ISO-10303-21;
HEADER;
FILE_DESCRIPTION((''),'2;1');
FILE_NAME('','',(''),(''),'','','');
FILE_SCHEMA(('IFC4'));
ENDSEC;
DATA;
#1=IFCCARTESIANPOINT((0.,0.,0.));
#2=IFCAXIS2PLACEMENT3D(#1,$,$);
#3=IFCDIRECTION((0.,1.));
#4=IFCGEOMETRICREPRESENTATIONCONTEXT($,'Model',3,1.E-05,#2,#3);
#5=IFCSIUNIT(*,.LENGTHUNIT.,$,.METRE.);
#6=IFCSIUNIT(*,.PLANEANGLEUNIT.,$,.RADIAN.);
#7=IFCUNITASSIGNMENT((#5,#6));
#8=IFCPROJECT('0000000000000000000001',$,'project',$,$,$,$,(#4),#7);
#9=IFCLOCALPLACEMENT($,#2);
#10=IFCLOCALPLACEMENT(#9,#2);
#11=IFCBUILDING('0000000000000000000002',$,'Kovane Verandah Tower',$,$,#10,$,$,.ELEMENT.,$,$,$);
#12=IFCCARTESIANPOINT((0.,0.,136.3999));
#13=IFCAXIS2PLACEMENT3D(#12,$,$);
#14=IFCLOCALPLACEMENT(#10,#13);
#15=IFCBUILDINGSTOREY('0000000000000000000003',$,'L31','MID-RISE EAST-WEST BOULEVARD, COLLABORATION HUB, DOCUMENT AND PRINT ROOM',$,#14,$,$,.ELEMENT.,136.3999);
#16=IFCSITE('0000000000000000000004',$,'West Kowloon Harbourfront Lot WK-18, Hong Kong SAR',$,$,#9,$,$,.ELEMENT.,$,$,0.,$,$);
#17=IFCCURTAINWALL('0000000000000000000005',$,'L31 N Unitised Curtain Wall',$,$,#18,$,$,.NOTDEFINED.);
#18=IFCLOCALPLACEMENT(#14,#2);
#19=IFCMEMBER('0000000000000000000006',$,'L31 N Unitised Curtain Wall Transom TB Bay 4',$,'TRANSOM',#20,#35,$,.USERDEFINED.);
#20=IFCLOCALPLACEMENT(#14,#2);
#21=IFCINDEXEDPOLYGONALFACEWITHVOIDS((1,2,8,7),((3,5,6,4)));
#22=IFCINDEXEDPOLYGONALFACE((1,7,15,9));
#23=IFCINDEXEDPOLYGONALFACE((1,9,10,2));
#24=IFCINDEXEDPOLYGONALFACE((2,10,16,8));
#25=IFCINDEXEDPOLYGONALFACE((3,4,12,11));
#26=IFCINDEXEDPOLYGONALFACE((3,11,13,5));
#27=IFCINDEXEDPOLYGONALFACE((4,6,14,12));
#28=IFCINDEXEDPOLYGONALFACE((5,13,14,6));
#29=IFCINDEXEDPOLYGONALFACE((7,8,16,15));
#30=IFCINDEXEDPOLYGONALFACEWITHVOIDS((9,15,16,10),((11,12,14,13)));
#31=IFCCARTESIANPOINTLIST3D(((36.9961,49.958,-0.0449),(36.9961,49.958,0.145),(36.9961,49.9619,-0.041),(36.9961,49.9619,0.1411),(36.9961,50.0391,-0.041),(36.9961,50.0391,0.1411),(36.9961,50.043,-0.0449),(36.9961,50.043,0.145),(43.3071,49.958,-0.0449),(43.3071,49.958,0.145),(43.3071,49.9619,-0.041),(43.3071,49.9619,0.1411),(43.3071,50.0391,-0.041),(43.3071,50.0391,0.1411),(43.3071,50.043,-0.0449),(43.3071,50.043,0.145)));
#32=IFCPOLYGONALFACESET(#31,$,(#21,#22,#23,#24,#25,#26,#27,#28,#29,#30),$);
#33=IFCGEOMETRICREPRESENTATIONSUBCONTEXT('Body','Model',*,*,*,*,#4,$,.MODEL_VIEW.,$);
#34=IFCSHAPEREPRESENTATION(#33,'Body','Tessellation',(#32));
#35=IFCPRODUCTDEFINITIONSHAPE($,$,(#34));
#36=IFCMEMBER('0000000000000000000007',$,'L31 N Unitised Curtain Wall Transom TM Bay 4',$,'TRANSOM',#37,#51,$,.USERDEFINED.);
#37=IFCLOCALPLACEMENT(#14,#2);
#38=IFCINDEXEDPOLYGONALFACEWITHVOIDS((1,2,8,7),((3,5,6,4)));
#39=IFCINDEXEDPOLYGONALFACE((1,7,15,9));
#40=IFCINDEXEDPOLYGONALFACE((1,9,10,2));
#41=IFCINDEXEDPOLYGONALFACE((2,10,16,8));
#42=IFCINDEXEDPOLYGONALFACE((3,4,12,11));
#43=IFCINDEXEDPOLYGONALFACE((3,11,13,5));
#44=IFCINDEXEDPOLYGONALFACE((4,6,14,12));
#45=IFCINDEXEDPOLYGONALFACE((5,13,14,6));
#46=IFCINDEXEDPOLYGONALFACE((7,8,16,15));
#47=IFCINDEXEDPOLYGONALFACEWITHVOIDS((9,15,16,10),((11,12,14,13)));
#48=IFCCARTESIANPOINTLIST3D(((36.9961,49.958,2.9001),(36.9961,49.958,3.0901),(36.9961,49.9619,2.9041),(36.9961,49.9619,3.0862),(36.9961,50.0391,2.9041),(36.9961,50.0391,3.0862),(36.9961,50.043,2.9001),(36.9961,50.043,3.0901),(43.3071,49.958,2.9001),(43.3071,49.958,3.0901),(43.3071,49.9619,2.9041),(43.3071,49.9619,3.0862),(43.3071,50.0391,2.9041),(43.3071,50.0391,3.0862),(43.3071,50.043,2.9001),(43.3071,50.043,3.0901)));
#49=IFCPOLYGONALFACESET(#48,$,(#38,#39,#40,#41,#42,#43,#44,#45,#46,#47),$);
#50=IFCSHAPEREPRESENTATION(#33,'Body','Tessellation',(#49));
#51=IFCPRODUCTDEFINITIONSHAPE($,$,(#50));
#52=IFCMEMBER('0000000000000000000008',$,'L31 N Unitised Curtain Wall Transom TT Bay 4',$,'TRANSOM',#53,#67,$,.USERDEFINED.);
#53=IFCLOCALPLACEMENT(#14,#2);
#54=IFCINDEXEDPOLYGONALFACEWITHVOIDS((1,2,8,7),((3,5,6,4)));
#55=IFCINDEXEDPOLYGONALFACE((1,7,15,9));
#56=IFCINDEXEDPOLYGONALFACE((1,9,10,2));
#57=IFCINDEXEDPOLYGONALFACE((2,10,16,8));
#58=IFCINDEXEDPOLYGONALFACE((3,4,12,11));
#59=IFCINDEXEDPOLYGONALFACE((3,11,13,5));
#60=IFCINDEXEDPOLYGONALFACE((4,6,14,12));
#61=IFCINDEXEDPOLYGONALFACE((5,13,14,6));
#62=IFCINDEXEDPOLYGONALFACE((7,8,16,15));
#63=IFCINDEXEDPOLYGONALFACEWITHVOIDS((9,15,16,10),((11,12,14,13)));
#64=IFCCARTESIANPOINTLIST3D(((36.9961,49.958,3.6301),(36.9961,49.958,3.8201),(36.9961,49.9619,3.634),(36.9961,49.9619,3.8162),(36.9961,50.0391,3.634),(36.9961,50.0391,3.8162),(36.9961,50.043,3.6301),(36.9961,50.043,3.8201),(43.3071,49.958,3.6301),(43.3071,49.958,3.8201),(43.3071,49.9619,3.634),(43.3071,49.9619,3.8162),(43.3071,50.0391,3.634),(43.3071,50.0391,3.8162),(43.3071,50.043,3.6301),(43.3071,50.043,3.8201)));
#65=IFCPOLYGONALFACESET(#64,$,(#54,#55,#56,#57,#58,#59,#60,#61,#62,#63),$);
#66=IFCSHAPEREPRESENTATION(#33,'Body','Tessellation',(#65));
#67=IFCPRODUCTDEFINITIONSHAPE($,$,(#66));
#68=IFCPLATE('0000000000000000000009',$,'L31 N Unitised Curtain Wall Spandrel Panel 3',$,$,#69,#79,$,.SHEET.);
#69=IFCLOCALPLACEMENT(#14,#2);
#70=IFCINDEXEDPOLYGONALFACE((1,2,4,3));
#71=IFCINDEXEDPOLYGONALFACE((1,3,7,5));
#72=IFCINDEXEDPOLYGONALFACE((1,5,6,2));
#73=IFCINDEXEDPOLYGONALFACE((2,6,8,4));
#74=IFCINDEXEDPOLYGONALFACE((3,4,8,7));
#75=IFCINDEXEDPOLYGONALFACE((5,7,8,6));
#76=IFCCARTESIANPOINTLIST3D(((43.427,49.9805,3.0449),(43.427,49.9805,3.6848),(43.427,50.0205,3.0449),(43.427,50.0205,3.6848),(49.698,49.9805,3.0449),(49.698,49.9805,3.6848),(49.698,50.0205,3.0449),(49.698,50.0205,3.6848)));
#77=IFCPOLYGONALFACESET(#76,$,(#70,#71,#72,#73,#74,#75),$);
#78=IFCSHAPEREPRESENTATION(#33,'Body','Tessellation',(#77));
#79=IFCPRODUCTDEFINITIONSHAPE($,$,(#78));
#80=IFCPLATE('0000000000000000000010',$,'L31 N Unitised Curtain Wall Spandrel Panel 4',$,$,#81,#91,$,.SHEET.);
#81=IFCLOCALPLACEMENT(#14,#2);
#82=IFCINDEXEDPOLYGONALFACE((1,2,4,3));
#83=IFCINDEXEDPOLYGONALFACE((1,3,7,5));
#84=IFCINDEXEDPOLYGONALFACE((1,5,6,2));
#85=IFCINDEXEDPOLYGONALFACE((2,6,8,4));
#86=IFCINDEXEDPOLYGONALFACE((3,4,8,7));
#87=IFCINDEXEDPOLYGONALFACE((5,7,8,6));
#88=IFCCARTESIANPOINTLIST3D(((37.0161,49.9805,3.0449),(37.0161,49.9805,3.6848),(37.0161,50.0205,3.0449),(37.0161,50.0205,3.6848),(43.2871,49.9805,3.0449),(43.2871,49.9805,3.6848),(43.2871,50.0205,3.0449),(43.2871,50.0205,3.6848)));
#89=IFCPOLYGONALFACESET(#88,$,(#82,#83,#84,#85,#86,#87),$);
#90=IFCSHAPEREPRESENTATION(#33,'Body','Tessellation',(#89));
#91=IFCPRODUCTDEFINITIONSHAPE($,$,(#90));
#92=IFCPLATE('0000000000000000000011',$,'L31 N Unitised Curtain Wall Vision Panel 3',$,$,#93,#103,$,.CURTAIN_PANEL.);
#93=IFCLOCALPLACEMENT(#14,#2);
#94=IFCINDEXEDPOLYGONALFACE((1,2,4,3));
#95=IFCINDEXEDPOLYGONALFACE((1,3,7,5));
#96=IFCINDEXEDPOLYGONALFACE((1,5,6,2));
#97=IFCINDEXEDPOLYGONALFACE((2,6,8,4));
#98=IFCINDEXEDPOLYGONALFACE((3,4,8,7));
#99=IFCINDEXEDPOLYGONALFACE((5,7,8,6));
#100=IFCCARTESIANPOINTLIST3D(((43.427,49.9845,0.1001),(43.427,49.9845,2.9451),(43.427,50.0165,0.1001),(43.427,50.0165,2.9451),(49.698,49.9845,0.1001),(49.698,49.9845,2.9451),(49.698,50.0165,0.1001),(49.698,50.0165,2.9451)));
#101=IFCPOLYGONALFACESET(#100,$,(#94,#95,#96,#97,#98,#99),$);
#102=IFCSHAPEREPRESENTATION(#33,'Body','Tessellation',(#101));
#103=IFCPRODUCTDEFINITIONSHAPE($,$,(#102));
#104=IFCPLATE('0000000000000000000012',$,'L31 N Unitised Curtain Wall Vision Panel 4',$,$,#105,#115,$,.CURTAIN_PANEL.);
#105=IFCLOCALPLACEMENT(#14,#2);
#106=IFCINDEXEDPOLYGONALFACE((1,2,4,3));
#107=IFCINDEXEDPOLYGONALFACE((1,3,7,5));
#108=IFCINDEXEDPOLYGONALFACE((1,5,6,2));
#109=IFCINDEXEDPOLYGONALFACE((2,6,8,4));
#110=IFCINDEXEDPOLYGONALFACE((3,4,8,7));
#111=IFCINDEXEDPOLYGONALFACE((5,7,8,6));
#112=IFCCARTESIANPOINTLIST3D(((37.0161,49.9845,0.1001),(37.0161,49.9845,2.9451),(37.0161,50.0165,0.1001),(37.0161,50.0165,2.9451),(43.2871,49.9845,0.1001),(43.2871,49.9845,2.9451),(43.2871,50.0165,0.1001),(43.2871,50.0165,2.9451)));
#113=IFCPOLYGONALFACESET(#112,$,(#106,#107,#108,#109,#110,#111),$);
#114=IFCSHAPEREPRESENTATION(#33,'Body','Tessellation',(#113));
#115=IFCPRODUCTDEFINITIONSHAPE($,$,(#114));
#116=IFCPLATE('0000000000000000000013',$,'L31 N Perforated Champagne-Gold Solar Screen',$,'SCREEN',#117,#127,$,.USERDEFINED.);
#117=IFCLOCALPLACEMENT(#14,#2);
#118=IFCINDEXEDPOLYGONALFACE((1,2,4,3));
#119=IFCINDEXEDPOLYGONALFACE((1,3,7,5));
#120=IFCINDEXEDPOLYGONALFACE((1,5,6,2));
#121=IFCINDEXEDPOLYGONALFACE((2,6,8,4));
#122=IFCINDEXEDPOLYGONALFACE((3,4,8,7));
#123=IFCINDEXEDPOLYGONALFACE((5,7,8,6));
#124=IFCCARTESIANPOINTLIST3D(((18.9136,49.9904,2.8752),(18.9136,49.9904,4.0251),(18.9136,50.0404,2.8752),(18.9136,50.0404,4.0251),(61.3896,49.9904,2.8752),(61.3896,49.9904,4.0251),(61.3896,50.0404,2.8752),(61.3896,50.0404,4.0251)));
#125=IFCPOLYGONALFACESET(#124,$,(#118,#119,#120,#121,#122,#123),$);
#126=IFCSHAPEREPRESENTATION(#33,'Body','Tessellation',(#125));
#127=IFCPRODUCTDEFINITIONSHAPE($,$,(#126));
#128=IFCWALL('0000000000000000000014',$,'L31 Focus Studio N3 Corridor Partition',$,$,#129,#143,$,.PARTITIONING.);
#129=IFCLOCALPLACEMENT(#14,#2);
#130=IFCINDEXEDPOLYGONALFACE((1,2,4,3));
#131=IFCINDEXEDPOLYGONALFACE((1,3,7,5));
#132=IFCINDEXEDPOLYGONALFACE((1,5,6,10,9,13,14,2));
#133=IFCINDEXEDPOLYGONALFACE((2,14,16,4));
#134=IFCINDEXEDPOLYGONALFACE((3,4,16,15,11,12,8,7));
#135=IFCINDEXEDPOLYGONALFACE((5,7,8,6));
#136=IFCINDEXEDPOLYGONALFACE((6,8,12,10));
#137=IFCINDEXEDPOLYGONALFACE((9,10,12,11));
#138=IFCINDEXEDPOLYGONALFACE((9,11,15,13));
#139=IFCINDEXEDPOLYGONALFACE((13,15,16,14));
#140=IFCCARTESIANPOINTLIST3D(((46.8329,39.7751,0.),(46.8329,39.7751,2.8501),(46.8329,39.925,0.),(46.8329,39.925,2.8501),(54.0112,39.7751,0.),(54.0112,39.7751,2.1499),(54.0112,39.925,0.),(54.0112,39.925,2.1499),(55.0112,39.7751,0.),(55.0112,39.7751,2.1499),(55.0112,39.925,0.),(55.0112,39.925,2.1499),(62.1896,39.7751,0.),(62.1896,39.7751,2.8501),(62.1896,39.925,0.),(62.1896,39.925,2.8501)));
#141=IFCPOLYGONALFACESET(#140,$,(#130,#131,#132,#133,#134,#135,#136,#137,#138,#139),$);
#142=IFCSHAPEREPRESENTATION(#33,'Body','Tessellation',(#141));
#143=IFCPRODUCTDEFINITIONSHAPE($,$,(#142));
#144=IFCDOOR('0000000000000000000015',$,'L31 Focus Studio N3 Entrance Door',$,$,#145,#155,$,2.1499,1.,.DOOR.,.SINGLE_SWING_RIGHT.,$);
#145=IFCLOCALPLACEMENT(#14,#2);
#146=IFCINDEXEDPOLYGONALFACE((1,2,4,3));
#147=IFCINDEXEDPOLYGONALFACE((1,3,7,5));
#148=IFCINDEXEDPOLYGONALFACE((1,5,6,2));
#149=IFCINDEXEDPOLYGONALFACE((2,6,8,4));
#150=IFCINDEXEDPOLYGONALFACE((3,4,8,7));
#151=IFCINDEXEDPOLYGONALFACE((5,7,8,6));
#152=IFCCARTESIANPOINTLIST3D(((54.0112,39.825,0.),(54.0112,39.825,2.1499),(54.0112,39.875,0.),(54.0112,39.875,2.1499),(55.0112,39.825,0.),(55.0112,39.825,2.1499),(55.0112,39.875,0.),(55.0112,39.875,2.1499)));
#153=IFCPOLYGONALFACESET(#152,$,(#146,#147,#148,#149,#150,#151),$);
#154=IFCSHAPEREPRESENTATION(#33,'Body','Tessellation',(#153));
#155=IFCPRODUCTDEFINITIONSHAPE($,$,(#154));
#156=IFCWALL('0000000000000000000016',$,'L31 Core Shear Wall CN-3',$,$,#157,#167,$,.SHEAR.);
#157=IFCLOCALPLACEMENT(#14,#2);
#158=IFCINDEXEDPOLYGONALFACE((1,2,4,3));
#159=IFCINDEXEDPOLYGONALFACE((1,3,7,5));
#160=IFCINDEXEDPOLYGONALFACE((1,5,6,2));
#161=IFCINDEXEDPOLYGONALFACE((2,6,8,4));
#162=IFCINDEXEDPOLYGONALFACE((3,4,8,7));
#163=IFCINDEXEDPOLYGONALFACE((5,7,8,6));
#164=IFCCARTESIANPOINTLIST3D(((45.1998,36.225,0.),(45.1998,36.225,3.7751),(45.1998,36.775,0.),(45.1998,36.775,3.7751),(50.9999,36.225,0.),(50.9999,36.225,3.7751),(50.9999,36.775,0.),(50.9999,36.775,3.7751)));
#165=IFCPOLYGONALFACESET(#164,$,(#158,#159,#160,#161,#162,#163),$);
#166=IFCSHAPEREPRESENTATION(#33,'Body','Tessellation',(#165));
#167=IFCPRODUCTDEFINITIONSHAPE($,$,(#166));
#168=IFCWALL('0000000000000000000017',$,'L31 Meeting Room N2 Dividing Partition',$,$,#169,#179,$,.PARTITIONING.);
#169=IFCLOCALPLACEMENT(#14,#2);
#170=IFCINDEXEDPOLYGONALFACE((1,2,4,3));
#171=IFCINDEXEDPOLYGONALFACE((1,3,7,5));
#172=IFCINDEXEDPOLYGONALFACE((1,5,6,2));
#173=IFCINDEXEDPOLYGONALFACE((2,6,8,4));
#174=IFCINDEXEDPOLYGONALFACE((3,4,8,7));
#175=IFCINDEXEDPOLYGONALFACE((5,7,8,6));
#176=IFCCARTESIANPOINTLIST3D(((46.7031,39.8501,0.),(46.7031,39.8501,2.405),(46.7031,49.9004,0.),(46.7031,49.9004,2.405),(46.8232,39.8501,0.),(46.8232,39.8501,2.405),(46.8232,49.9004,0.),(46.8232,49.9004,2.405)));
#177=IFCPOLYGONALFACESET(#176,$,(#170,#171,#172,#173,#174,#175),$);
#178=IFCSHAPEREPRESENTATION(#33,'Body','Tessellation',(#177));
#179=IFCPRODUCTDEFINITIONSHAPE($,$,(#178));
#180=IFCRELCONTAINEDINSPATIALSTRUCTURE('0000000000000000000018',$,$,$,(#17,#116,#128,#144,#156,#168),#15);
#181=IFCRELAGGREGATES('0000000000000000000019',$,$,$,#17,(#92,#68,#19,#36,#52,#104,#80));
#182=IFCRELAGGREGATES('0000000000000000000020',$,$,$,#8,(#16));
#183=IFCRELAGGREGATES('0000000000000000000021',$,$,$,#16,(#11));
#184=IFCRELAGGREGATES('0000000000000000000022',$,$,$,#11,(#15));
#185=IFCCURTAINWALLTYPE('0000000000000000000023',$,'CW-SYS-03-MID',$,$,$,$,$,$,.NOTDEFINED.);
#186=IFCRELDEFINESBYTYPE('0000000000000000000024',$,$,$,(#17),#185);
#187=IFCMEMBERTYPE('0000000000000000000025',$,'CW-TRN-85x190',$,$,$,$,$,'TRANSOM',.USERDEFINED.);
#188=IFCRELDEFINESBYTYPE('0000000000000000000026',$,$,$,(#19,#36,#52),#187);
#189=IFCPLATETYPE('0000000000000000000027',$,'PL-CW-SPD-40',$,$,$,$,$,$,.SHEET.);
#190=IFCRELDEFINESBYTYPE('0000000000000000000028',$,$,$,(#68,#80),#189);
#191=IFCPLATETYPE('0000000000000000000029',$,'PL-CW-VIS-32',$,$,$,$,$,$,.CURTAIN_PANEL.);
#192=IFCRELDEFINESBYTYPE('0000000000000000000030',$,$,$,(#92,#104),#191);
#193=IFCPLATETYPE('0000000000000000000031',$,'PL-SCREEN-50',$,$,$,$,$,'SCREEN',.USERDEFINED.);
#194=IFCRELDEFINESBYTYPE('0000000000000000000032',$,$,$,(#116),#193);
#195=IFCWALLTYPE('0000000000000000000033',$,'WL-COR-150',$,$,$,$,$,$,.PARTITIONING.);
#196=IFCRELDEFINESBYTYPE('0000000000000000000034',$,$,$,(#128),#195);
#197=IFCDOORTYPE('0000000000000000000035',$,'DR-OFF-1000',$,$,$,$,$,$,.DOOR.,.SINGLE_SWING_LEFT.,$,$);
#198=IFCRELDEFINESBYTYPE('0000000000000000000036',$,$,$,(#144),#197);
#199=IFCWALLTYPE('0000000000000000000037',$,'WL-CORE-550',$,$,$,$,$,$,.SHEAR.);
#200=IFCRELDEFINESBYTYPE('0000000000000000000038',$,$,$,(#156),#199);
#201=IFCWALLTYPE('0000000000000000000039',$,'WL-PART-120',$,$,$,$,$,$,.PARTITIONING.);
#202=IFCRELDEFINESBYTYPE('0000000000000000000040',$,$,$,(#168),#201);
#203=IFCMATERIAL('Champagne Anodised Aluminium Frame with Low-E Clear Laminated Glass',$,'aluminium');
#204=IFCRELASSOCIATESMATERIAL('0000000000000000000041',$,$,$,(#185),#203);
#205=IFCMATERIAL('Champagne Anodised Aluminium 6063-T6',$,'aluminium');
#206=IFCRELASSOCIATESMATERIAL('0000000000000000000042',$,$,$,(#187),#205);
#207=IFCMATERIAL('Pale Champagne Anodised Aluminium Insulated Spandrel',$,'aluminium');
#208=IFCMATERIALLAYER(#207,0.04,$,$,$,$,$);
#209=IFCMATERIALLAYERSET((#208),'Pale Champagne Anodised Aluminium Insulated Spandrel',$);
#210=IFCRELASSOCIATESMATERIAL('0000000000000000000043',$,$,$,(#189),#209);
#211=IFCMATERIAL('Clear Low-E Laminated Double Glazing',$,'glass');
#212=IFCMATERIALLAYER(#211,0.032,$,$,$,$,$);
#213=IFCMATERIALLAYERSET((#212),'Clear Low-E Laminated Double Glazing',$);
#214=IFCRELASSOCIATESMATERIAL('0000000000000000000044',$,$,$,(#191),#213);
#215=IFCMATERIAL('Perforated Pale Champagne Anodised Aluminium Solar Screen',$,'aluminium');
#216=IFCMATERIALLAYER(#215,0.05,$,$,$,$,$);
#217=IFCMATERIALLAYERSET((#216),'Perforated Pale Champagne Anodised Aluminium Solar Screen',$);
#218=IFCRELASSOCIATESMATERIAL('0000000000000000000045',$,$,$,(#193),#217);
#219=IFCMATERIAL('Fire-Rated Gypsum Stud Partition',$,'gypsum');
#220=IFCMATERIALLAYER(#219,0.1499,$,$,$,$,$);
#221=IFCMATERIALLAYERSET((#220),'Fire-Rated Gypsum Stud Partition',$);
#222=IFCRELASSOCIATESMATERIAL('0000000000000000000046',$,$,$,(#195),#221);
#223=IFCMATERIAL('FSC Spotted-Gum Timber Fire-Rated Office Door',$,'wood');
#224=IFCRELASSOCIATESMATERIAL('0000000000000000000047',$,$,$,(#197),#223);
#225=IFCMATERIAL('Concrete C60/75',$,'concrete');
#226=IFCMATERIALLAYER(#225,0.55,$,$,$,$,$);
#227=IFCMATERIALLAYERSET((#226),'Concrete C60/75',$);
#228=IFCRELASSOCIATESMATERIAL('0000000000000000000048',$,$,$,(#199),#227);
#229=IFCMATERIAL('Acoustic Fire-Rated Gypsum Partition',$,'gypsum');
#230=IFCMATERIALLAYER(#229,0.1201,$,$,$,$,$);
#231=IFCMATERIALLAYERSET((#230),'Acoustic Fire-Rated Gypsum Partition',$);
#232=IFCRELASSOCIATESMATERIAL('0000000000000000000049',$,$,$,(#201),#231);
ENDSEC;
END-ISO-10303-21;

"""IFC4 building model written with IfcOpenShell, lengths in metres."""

from ifc_helpers import new_model, si_unit, direction, frame, frame_2d, origin, origin_2d, place, context, subcontext, project, spatial, rectangle, hollow_rectangle, extrude, material, layer, layer_set, material_profile, profile_set, type_object, element, fill, aggregate, save


model = new_model("IFC4")

# Units and contexts
model_context = context("Model", 3, precision=1e-05, world=origin(), true_north=direction((0.0, 1.0)))
body_context = subcontext(model_context, "Body", "Model", "MODEL_VIEW")
ifc_project = project(units=[si_unit("LENGTHUNIT", "METRE"), si_unit("PLANEANGLEUNIT", "RADIAN")], contexts=[model_context])

# Site, building, storey
site_placement = place(None, origin())
site = spatial("IfcSite", under=ifc_project, at=site_placement, Name="West Kowloon Harbourfront Lot WK-18, Hong Kong SAR", CompositionType="ELEMENT", RefElevation=0.0)
building_placement = place(site_placement, origin())
building = spatial("IfcBuilding", under=site, at=building_placement, Name="Kovane Verandah Tower", CompositionType="ELEMENT")
storey_placement = place(building_placement, frame((0.0, 0.0, 136.3999)))
storey = spatial("IfcBuildingStorey", under=building, at=storey_placement, Name="L31", Description="MID-RISE EAST-WEST BOULEVARD, COLLABORATION HUB, DOCUMENT AND PRINT ROOM", CompositionType="ELEMENT", Elevation=136.3999)

# Shared definitions
ifc_material_1 = material(Name="Concrete C60/75", Category="concrete")

# Curtain wall, members, plates
ifc_material_2 = material(Name="Champagne Anodised Aluminium Frame with Low-E Clear Laminated Glass", Category="aluminium")
curtain_wall_type = type_object("IfcCurtainWallType", Name="CW-SYS-03-MID", PredefinedType="NOTDEFINED", material=ifc_material_2)
curtain_wall_placement = place(storey_placement, origin())
curtain_wall = element("IfcCurtainWall", 1, at=curtain_wall_placement, inside=storey, type_object=curtain_wall_type, Name="L31 N Unitised Curtain Wall", PredefinedType="NOTDEFINED")
ifc_material_3 = material(Name="Champagne Anodised Aluminium 6063-T6", Category="aluminium")
ifc_material_profile_1 = material_profile(ifc_material_3, hollow_rectangle(XDim=0.085, YDim=0.1899, WallThickness=0.0039, at=origin_2d()), Name="AL85x190x4")
ifc_profile_set_1 = profile_set([ifc_material_profile_1], Name="Champagne Anodised Aluminium 6063-T6")
member_type_1 = type_object("IfcMemberType", Name="CW-TRN-85x190", ElementType="TRANSOM", PredefinedType="USERDEFINED", material=ifc_profile_set_1)
member_1_placement = place(storey_placement, frame((43.3071, 50.0005, 0.05), z_axis=(-1.0, 0.0, 0.0), x_axis=(0.0, -1.0, 0.0)))
member_1 = element("IfcMember", 2, at=member_1_placement, type_object=member_type_1, Name="L31 N Unitised Curtain Wall Transom TB Bay 4", ObjectType="TRANSOM", PredefinedType="USERDEFINED", context=body_context, shape_type="SweptSolid", body=[
    extrude(hollow_rectangle(XDim=0.085, YDim=0.1899, WallThickness=0.0039, at=origin_2d()), origin(), (0.0, 0.0, 1.0), 6.311),
])
member_2_placement = place(storey_placement, frame((43.3071, 50.0005, 2.9951), z_axis=(-1.0, 0.0, 0.0), x_axis=(0.0, -1.0, 0.0)))
member_2 = element("IfcMember", 3, at=member_2_placement, type_object=member_type_1, Name="L31 N Unitised Curtain Wall Transom TM Bay 4", ObjectType="TRANSOM", PredefinedType="USERDEFINED", context=body_context, shape_type="SweptSolid", body=[
    extrude(hollow_rectangle(XDim=0.085, YDim=0.1899, WallThickness=0.0039, at=origin_2d()), origin(), (0.0, 0.0, 1.0), 6.311),
])
member_3_placement = place(storey_placement, frame((43.3071, 50.0005, 3.7251), z_axis=(-1.0, 0.0, 0.0), x_axis=(0.0, -1.0, 0.0)))
member_3 = element("IfcMember", 4, at=member_3_placement, type_object=member_type_1, Name="L31 N Unitised Curtain Wall Transom TT Bay 4", ObjectType="TRANSOM", PredefinedType="USERDEFINED", context=body_context, shape_type="SweptSolid", body=[
    extrude(hollow_rectangle(XDim=0.085, YDim=0.1899, WallThickness=0.0039, at=origin_2d()), origin(), (0.0, 0.0, 1.0), 6.311),
])
ifc_material_4 = material(Name="Pale Champagne Anodised Aluminium Insulated Spandrel", Category="aluminium")
ifc_layer_1 = layer(ifc_material_4, 0.04)
ifc_layer_set_1 = layer_set([ifc_layer_1], Name="Pale Champagne Anodised Aluminium Insulated Spandrel")
plate_type_1 = type_object("IfcPlateType", Name="PL-CW-SPD-40", PredefinedType="SHEET", material=ifc_layer_set_1)
plate_1_placement = place(storey_placement, frame((46.5625, 50.0005, 3.0449), z_axis=(0.0, 0.0, 1.0), x_axis=(-1.0, 0.0, 0.0)))
plate_1 = element("IfcPlate", 5, at=plate_1_placement, type_object=plate_type_1, Name="L31 N Unitised Curtain Wall Spandrel Panel 3", PredefinedType="SHEET", context=body_context, shape_type="SweptSolid", body=[
    extrude(rectangle(XDim=6.271, YDim=0.04, at=origin_2d()), origin(), (0.0, 0.0, 1.0), 0.6399),
])
plate_2_placement = place(storey_placement, frame((40.1516, 50.0005, 3.0449), z_axis=(0.0, 0.0, 1.0), x_axis=(-1.0, 0.0, 0.0)))
plate_2 = element("IfcPlate", 6, at=plate_2_placement, type_object=plate_type_1, Name="L31 N Unitised Curtain Wall Spandrel Panel 4", PredefinedType="SHEET", context=body_context, shape_type="SweptSolid", body=[
    extrude(rectangle(XDim=6.271, YDim=0.04, at=origin_2d()), origin(), (0.0, 0.0, 1.0), 0.6399),
])
ifc_material_5 = material(Name="Clear Low-E Laminated Double Glazing", Category="glass")
ifc_layer_2 = layer(ifc_material_5, 0.032)
ifc_layer_set_2 = layer_set([ifc_layer_2], Name="Clear Low-E Laminated Double Glazing")
plate_type_2 = type_object("IfcPlateType", Name="PL-CW-VIS-32", PredefinedType="CURTAIN_PANEL", material=ifc_layer_set_2)
plate_3_placement = place(storey_placement, frame((46.5625, 50.0005, 0.1001), z_axis=(0.0, 0.0, 1.0), x_axis=(-1.0, 0.0, 0.0)))
plate_3 = element("IfcPlate", 7, at=plate_3_placement, type_object=plate_type_2, Name="L31 N Unitised Curtain Wall Vision Panel 3", PredefinedType="CURTAIN_PANEL", context=body_context, shape_type="SweptSolid", body=[
    extrude(rectangle(XDim=6.271, YDim=0.032, at=origin_2d()), origin(), (0.0, 0.0, 1.0), 2.845),
])
plate_4_placement = place(storey_placement, frame((40.1516, 50.0005, 0.1001), z_axis=(0.0, 0.0, 1.0), x_axis=(-1.0, 0.0, 0.0)))
plate_4 = element("IfcPlate", 8, at=plate_4_placement, type_object=plate_type_2, Name="L31 N Unitised Curtain Wall Vision Panel 4", PredefinedType="CURTAIN_PANEL", context=body_context, shape_type="SweptSolid", body=[
    extrude(rectangle(XDim=6.271, YDim=0.032, at=origin_2d()), origin(), (0.0, 0.0, 1.0), 2.845),
])
aggregate(curtain_wall, [plate_3, plate_1, member_1, member_2, member_3, plate_4, plate_2])

# Plate
ifc_material_6 = material(Name="Perforated Pale Champagne Anodised Aluminium Solar Screen", Category="aluminium")
ifc_layer_3 = layer(ifc_material_6, 0.05)
ifc_layer_set_3 = layer_set([ifc_layer_3], Name="Perforated Pale Champagne Anodised Aluminium Solar Screen")
plate_type_3 = type_object("IfcPlateType", Name="PL-SCREEN-50", ElementType="SCREEN", PredefinedType="USERDEFINED", material=ifc_layer_set_3)
plate_5_placement = place(storey_placement, frame((40.1516, 50.0154, 2.8752), z_axis=(0.0, 0.0, 1.0), x_axis=(-1.0, 0.0, 0.0)))
element("IfcPlate", 9, at=plate_5_placement, inside=storey, type_object=plate_type_3, Name="L31 N Perforated Champagne-Gold Solar Screen", ObjectType="SCREEN", PredefinedType="USERDEFINED", context=body_context, shape_type="SweptSolid", body=[
    extrude(rectangle(XDim=42.4761, YDim=0.05, at=origin_2d()), origin(), (0.0, 0.0, 1.0), 1.1499),
])

# Wall, opening, door
ifc_material_7 = material(Name="Fire-Rated Gypsum Stud Partition", Category="gypsum")
ifc_layer_4 = layer(ifc_material_7, 0.1499)
ifc_layer_set_4 = layer_set([ifc_layer_4], Name="Fire-Rated Gypsum Stud Partition")
wall_type_1 = type_object("IfcWallType", Name="WL-COR-150", PredefinedType="PARTITIONING", material=ifc_layer_set_4)
wall_1_placement = place(storey_placement, frame((46.833, 39.8501, 0.0), z_axis=(0.0, 0.0, 1.0), x_axis=(1.0, 0.0, 0.0)))
wall_1 = element("IfcWall", 10, at=wall_1_placement, inside=storey, type_object=wall_type_1, Name="L31 Focus Studio N3 Corridor Partition", PredefinedType="PARTITIONING", context=body_context, shape_type="SweptSolid", body=[
    extrude(rectangle(XDim=15.3567, YDim=0.1499, at=frame_2d((7.6782, 0.0))), origin(), (0.0, 0.0, 1.0), 2.8501),
])
opening_placement = place(wall_1_placement, frame((7.1782, 0.0, 0.0)))
opening = element("IfcOpeningElement", 11, at=opening_placement, cuts=wall_1, PredefinedType="OPENING", context=body_context, shape_type="SweptSolid", body=[
    extrude(rectangle(XDim=1.0, YDim=2.1499, at=frame_2d((0.5, 1.075))), frame((0.0, 0.075, 0.0), z_axis=(0.0, -1.0, 0.0), x_axis=(1.0, 0.0, 0.0)), (0.0, 0.0, 1.0), 0.1499),
])
ifc_material_8 = material(Name="FSC Spotted-Gum Timber Fire-Rated Office Door", Category="wood")
door_type = type_object("IfcDoorType", Name="DR-OFF-1000", OperationType="SINGLE_SWING_LEFT", PredefinedType="DOOR", material=ifc_material_8)
door_placement = place(opening_placement, origin())
door = element("IfcDoor", 12, at=door_placement, inside=storey, type_object=door_type, Name="L31 Focus Studio N3 Entrance Door", OperationType="SINGLE_SWING_RIGHT", OverallHeight=2.1499, OverallWidth=1.0, PredefinedType="DOOR", context=body_context, shape_type="SweptSolid", body=[
    extrude(rectangle(XDim=1.0, YDim=2.1499, at=frame_2d((0.5, 1.075))), frame((0.0, 0.0249, 0.0), z_axis=(0.0, -1.0, 0.0), x_axis=(1.0, 0.0, 0.0)), (0.0, 0.0, 1.0), 0.05),
])
fill(opening, door)

# Walls
ifc_layer_5 = layer(ifc_material_1, 0.55)
ifc_layer_set_5 = layer_set([ifc_layer_5], Name="Concrete C60/75")
wall_type_2 = type_object("IfcWallType", Name="WL-CORE-550", PredefinedType="SHEAR", material=ifc_layer_set_5)
wall_2_placement = place(storey_placement, frame((45.2, 36.5, 0.0), z_axis=(0.0, 0.0, 1.0), x_axis=(1.0, 0.0, 0.0)))
element("IfcWall", 13, at=wall_2_placement, inside=storey, type_object=wall_type_2, Name="L31 Core Shear Wall CN-3", PredefinedType="SHEAR", context=body_context, shape_type="SweptSolid", body=[
    extrude(rectangle(XDim=5.8, YDim=0.55, at=frame_2d((2.8999, 0.0))), origin(), (0.0, 0.0, 1.0), 3.7751),
])
ifc_material_9 = material(Name="Acoustic Fire-Rated Gypsum Partition", Category="gypsum")
ifc_layer_6 = layer(ifc_material_9, 0.1201)
ifc_layer_set_6 = layer_set([ifc_layer_6], Name="Acoustic Fire-Rated Gypsum Partition")
wall_type_3 = type_object("IfcWallType", Name="WL-PART-120", PredefinedType="PARTITIONING", material=ifc_layer_set_6)
wall_3_placement = place(storey_placement, frame((46.7632, 39.8501, 0.0), z_axis=(0.0, 0.0, 1.0), x_axis=(0.0, 1.0, 0.0)))
element("IfcWall", 14, at=wall_3_placement, inside=storey, type_object=wall_type_3, Name="L31 Meeting Room N2 Dividing Partition", PredefinedType="PARTITIONING", context=body_context, shape_type="SweptSolid", body=[
    extrude(rectangle(XDim=10.0503, YDim=0.1201, at=frame_2d((5.0251, 0.0))), origin(), (0.0, 0.0, 1.0), 2.405),
])

save(model, "model.ifc")
